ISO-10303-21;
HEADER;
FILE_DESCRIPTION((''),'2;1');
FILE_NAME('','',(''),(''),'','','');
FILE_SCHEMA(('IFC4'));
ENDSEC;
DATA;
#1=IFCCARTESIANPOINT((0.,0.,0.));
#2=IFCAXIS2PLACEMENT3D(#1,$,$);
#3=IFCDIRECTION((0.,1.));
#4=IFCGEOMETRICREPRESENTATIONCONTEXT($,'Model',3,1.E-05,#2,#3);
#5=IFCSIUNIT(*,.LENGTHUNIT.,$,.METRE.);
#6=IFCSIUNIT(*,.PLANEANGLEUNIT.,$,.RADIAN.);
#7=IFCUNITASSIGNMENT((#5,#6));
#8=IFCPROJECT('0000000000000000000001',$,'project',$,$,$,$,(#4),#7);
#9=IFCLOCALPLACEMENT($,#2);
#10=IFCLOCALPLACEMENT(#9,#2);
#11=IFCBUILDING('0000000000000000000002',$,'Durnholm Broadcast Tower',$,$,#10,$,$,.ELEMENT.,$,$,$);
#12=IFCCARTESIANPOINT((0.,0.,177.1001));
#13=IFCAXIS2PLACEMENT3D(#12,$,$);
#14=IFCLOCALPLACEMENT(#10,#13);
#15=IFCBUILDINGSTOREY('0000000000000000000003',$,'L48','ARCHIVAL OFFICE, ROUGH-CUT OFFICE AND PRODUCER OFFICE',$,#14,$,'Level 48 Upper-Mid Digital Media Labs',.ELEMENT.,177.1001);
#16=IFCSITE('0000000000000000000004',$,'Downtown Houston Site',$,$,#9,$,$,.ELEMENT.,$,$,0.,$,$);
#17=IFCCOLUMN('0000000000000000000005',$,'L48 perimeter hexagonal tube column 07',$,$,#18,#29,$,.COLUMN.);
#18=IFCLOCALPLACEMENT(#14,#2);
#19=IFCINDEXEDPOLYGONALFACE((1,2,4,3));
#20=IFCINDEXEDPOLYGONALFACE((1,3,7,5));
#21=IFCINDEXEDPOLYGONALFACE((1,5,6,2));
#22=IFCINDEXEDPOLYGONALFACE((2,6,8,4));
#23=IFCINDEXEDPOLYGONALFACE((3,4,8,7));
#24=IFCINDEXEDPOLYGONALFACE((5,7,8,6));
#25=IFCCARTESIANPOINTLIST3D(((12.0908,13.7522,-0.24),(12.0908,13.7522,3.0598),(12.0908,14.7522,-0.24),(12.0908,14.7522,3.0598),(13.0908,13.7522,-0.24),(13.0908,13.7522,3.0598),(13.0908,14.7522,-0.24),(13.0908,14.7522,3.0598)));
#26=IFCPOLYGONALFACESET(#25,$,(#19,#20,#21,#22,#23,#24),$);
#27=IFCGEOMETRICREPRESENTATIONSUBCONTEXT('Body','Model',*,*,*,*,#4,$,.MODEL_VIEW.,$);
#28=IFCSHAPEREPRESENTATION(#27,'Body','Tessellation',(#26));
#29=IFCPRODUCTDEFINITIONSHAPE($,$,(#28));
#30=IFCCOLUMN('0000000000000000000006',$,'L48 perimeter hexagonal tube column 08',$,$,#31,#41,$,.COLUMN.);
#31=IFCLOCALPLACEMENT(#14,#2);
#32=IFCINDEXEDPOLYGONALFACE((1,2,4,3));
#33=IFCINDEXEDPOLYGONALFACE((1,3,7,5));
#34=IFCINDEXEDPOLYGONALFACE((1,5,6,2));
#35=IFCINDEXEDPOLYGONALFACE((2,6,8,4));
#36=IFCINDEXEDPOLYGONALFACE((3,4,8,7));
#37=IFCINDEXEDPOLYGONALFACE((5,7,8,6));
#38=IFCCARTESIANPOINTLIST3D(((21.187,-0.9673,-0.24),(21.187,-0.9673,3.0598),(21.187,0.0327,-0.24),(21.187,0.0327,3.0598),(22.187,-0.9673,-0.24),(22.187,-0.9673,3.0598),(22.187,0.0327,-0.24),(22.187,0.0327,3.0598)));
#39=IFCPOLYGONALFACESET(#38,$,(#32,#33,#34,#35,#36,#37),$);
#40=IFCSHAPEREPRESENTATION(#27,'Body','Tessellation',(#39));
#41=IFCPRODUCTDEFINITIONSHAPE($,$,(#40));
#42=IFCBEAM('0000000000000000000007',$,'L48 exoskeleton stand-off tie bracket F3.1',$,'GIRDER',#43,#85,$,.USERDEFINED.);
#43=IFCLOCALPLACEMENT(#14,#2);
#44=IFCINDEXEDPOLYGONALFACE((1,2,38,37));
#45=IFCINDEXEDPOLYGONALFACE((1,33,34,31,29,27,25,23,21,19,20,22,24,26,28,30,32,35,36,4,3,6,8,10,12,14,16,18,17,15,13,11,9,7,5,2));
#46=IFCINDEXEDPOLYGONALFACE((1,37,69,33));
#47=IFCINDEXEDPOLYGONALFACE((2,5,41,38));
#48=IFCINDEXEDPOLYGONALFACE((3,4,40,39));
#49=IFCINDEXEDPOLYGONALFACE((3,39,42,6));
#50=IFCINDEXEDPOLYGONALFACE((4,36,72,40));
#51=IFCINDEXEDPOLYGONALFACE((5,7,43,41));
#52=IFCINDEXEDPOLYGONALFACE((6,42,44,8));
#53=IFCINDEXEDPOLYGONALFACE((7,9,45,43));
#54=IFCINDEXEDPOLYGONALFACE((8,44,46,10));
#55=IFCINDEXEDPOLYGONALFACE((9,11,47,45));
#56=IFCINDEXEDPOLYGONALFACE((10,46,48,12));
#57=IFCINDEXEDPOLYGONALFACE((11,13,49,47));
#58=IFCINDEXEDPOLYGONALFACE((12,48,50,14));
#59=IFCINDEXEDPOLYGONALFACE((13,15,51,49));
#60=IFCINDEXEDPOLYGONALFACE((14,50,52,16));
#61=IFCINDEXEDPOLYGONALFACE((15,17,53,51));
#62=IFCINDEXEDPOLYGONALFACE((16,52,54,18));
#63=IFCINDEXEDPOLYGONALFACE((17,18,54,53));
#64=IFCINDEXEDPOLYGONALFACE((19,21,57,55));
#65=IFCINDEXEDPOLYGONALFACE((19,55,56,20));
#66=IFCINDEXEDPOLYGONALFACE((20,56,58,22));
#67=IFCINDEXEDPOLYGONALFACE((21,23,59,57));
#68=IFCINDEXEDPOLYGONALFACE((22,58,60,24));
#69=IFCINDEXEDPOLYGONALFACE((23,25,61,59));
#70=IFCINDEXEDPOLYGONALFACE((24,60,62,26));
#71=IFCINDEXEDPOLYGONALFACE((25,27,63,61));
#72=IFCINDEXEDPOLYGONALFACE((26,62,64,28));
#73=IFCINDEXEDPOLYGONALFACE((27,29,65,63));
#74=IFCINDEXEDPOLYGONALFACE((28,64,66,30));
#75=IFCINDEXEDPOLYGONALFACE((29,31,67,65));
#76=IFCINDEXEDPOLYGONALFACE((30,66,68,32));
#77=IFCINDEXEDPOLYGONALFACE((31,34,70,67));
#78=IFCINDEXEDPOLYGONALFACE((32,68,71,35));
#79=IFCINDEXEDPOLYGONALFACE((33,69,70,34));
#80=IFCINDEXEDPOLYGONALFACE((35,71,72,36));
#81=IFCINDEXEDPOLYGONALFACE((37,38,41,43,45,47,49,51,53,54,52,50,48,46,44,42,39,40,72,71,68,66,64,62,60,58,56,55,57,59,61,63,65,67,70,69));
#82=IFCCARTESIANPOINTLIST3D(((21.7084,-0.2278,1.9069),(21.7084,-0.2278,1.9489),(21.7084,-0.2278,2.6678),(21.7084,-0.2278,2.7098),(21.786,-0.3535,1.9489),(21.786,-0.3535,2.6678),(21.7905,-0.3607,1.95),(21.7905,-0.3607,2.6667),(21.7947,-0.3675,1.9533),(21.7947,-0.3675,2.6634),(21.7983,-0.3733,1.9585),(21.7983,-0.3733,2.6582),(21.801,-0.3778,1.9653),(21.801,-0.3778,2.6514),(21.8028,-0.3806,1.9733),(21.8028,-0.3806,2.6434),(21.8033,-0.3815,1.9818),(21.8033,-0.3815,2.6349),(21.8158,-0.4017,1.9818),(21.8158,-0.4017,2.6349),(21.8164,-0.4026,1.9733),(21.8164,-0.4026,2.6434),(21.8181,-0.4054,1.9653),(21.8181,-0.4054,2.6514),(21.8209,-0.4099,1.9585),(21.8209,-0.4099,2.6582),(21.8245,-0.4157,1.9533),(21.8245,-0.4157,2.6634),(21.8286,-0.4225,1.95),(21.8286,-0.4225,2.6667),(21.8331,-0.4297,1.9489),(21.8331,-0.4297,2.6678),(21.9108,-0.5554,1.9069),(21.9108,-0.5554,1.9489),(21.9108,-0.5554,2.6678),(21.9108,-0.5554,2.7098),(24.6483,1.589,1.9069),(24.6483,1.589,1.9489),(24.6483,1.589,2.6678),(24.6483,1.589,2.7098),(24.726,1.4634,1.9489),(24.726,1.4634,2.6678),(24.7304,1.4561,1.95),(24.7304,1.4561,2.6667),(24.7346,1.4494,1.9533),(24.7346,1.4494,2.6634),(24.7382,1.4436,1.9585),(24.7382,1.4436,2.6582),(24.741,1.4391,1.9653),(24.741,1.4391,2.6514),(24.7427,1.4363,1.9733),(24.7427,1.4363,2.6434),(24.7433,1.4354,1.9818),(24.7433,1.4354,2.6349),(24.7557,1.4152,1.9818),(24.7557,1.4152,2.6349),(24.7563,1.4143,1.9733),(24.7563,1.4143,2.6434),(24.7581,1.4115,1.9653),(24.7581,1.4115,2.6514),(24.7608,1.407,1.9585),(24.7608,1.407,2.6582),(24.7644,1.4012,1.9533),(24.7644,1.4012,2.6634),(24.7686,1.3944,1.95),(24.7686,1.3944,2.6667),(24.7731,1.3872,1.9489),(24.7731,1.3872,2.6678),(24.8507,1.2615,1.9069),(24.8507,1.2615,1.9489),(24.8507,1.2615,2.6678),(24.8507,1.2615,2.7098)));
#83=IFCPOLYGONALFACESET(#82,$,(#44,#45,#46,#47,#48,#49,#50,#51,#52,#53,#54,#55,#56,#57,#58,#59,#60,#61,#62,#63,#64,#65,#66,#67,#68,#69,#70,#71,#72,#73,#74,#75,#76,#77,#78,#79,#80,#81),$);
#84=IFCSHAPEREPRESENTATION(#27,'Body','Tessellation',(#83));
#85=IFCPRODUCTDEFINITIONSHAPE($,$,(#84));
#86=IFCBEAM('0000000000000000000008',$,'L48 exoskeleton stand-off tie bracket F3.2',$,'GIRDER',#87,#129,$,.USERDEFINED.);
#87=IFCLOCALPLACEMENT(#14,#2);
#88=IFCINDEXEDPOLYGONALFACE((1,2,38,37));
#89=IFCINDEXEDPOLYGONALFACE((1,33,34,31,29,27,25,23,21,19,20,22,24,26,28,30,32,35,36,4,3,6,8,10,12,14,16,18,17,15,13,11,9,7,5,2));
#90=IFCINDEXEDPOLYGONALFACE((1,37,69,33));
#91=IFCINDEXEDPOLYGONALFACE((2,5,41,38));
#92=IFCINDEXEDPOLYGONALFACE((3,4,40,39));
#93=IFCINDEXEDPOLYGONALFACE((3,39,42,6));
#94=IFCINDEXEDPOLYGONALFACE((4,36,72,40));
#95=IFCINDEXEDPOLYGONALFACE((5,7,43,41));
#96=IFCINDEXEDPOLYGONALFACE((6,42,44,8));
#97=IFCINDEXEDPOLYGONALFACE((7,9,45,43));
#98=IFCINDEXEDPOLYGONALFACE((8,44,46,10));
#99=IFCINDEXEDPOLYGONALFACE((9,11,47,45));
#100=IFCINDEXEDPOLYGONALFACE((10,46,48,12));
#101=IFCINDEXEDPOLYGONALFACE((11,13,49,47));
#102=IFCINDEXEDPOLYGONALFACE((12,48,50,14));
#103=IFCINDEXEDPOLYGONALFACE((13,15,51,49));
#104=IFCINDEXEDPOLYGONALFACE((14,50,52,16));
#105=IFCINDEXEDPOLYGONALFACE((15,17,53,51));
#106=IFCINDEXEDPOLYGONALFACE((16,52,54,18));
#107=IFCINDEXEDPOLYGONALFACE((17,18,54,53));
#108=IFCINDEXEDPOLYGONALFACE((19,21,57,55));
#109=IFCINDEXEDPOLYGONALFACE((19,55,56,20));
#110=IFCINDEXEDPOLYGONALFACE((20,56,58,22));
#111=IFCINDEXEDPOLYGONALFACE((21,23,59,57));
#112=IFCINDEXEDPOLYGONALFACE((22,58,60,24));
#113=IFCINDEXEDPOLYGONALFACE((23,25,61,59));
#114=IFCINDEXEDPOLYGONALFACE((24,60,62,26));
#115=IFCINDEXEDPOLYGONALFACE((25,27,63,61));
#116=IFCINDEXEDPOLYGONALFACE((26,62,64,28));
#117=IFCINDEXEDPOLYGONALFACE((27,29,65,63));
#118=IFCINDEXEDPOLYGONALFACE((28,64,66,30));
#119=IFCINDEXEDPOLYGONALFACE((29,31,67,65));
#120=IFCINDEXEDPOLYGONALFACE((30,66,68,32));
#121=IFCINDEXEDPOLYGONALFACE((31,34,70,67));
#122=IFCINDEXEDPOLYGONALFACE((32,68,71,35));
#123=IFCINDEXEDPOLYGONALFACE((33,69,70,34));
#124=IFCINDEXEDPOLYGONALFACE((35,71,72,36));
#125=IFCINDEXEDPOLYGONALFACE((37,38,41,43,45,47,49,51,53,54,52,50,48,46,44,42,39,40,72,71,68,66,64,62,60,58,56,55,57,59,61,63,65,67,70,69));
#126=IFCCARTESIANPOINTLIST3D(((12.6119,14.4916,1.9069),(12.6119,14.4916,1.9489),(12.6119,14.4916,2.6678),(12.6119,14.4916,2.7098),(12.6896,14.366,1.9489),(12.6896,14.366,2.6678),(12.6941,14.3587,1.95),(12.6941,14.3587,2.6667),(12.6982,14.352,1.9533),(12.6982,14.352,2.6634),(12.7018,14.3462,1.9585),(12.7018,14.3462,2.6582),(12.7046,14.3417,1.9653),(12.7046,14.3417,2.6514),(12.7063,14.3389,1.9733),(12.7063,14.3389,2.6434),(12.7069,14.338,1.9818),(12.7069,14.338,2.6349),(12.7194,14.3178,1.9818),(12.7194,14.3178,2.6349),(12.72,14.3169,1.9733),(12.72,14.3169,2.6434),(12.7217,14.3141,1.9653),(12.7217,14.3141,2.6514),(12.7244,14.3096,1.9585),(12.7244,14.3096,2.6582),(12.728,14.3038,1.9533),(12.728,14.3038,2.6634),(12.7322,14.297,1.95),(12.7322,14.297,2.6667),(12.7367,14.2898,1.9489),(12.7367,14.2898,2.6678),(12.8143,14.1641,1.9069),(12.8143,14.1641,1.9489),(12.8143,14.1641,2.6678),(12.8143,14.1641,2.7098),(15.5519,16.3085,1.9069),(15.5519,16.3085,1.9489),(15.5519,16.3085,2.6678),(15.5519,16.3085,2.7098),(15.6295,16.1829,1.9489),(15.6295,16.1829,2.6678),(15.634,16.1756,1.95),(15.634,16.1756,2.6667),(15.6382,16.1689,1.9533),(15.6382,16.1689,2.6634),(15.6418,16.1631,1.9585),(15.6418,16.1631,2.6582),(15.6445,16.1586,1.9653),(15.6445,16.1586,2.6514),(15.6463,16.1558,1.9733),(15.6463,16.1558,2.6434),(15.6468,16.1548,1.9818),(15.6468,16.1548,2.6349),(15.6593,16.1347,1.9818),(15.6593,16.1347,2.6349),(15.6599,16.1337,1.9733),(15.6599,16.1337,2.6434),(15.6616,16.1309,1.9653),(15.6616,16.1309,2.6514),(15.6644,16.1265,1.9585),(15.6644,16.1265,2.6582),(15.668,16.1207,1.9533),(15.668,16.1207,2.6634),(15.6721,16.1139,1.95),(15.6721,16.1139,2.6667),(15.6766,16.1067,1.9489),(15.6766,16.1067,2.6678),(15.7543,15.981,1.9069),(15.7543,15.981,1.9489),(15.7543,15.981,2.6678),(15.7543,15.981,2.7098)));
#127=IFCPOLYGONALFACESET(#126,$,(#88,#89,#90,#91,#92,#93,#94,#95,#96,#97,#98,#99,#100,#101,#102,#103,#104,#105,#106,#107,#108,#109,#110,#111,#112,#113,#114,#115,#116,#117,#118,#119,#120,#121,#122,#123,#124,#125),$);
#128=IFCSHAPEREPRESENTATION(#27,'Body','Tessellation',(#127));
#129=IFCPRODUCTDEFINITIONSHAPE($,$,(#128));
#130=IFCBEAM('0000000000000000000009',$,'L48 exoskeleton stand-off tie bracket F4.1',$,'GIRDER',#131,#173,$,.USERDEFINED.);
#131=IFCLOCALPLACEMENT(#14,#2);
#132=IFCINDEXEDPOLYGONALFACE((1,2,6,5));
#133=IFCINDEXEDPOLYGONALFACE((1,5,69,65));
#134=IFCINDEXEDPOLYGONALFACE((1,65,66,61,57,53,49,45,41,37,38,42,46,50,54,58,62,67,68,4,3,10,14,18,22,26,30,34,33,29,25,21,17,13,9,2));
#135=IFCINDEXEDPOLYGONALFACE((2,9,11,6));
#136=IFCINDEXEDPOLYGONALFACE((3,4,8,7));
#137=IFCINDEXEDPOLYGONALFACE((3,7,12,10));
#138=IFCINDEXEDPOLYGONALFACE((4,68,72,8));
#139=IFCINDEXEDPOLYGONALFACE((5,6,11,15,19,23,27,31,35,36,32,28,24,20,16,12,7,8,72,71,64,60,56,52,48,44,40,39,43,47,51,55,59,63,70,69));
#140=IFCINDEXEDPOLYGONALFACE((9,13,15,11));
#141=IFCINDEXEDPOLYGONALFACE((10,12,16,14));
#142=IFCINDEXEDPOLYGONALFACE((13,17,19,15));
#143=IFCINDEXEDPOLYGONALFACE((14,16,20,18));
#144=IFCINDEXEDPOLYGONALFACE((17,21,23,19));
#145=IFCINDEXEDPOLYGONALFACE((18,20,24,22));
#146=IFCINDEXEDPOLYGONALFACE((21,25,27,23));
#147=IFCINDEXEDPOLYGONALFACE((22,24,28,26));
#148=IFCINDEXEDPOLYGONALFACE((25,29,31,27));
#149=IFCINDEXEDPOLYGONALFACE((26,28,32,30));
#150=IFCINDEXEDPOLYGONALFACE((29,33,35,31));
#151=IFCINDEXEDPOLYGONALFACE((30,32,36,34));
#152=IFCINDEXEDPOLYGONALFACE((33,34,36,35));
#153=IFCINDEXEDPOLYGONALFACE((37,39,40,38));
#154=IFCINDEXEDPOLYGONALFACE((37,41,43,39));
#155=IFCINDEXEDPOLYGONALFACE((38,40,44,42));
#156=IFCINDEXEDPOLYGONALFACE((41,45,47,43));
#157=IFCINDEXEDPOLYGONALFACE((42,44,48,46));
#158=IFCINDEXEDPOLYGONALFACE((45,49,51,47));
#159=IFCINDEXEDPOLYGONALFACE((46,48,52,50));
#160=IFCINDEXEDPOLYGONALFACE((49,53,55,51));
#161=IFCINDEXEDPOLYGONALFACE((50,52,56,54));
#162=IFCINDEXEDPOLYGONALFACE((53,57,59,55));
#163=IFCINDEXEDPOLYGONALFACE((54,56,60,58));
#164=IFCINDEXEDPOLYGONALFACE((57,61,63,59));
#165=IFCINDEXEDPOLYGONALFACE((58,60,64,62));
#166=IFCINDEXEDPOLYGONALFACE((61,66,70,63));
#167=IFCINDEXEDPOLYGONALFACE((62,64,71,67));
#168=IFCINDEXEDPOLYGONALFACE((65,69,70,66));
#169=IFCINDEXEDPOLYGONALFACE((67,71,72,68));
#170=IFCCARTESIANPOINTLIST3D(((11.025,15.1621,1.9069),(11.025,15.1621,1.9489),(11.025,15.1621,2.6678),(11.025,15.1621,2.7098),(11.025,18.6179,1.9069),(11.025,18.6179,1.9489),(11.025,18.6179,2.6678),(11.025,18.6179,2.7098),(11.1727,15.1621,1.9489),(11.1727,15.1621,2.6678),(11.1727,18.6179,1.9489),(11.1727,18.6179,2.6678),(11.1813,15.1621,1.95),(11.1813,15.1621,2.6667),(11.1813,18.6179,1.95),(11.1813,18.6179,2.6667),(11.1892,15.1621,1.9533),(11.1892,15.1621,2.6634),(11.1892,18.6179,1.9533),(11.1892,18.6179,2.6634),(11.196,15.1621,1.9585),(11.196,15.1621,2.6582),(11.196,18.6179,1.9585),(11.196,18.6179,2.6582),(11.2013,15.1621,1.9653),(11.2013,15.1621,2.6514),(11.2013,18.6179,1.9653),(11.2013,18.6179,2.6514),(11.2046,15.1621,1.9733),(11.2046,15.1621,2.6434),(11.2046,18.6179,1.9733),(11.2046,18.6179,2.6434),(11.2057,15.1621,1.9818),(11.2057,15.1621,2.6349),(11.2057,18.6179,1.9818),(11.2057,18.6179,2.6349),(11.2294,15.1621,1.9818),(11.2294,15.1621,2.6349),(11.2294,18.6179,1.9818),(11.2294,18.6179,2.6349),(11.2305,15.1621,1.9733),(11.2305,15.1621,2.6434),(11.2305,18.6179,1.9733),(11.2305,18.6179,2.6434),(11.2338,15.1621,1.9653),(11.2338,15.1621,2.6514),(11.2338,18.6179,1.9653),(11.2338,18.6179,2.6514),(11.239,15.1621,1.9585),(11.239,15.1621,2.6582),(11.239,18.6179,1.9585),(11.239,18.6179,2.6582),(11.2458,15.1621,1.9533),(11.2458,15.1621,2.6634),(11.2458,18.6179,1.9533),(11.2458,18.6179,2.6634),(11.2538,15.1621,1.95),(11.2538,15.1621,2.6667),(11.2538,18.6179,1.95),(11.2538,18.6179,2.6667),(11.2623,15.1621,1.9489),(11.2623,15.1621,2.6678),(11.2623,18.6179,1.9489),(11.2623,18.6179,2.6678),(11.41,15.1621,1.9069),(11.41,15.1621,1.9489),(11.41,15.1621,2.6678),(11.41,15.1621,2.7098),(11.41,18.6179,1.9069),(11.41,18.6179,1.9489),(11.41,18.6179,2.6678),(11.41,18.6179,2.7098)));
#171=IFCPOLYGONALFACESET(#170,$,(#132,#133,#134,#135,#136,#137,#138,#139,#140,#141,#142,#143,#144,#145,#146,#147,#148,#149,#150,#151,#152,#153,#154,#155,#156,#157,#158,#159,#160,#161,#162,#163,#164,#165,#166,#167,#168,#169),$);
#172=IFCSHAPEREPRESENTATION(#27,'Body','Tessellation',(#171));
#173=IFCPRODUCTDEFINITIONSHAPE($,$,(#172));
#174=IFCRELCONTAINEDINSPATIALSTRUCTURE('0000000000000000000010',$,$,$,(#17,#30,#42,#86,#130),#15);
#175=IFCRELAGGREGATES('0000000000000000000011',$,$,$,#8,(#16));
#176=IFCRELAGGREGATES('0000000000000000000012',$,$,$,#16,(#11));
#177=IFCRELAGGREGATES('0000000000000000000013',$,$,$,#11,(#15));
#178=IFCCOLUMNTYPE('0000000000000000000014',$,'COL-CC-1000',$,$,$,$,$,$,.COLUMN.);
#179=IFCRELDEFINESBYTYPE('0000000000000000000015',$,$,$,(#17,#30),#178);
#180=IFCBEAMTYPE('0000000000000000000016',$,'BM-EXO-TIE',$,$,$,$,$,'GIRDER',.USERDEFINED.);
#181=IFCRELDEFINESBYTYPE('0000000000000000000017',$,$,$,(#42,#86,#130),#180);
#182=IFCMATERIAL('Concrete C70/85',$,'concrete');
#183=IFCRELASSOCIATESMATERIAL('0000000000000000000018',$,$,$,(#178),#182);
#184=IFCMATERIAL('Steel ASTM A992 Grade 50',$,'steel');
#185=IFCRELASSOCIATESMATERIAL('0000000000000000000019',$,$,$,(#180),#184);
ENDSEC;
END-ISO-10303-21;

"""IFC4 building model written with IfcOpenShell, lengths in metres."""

from ifc_helpers import new_model, si_unit, direction, frame, origin, origin_2d, place, context, subcontext, project, spatial, rectangle, i_section, extrude, source, transform, mapped, material, material_profile, profile_set, type_object, type_shapes, element, save


model = new_model("IFC4")

# Units and contexts
model_context = context("Model", 3, precision=1e-05, world=origin(), true_north=direction((0.0, 1.0)))
body_context = subcontext(model_context, "Body", "Model", "MODEL_VIEW")
ifc_project = project(units=[si_unit("LENGTHUNIT", "METRE"), si_unit("PLANEANGLEUNIT", "RADIAN")], contexts=[model_context])

# Site, building, storey
site_placement = place(None, origin())
site = spatial("IfcSite", under=ifc_project, at=site_placement, Name="Downtown Houston Site", CompositionType="ELEMENT", RefElevation=0.0)
building_placement = place(site_placement, origin())
building = spatial("IfcBuilding", under=site, at=building_placement, Name="Durnholm Broadcast Tower", CompositionType="ELEMENT")
storey_placement = place(building_placement, frame((0.0, 0.0, 177.1001)))
storey = spatial("IfcBuildingStorey", under=building, at=storey_placement, Name="L48", Description="ARCHIVAL OFFICE, ROUGH-CUT OFFICE AND PRODUCER OFFICE", LongName="Level 48 Upper-Mid Digital Media Labs", CompositionType="ELEMENT", Elevation=177.1001)

# Columns
ifc_material_1 = material(Name="Concrete C70/85", Category="concrete")
ifc_material_profile_1 = material_profile(ifc_material_1, rectangle(XDim=1.0, YDim=1.0, at=origin_2d()), Name="RC1000X1000")
ifc_profile_set_1 = profile_set([ifc_material_profile_1], Name="Concrete C70/85")
column_type = type_object("IfcColumnType", Name="COL-CC-1000", PredefinedType="COLUMN", material=ifc_profile_set_1)
shared_shape_1 = source(origin(), body_context, "Body", "SweptSolid", [
    extrude(rectangle(XDim=1.0, YDim=1.0, at=origin_2d()), origin(), (0.0, 0.0, 1.0), 3.2998),
])
type_shapes(column_type, [shared_shape_1])
for number, where, z_axis, x_axis, name in (
    (1, (12.5908, 14.2522, -0.24), (0.0, 0.0, 1.0), (1.0, 0.0, 0.0), "L48 perimeter hexagonal tube column 07"),
    (2, (21.687, -0.4673, -0.24), (0.0, 0.0, 1.0), (1.0, 0.0, 0.0), "L48 perimeter hexagonal tube column 08"),
):
    element("IfcColumn", number, at=place(storey_placement, frame(where, z_axis=z_axis, x_axis=x_axis)), inside=storey, type_object=column_type, Name=name, PredefinedType="COLUMN", context=body_context, shape_type="MappedRepresentation", body=[
        mapped(shared_shape_1, transform((0.0, 0.0, 0.0), x_axis=(1.0, 0.0, 0.0), y_axis=(0.0, 1.0, 0.0), z_axis=(0.0, 0.0, 1.0), scale=1.0)),
    ])

# Beams
ifc_material_2 = material(Name="Steel ASTM A992 Grade 50", Category="steel")
ifc_material_profile_2 = material_profile(ifc_material_2, i_section(OverallWidth=0.385, OverallDepth=0.803, WebThickness=0.0237, FlangeThickness=0.042, FilletRadius=0.033, at=origin_2d()), Name="W30X261")
ifc_profile_set_2 = profile_set([ifc_material_profile_2], Name="Steel ASTM A992 Grade 50")
beam_type_1 = type_object("IfcBeamType", Name="BM-EXO-TIE", ElementType="GIRDER", PredefinedType="USERDEFINED", material=ifc_profile_set_2)
shared_shape_2 = source(origin(), body_context, "Body", "SweptSolid", [
    extrude(i_section(OverallWidth=0.385, OverallDepth=0.803, WebThickness=0.0237, FlangeThickness=0.042, FilletRadius=0.033, at=origin_2d()), origin(), (0.0, 0.0, 1.0), 3.4561),
])
for number, where, z_axis, x_axis, name in (
    (3, (21.8096, -0.3916, 2.3083), (0.850662, 0.525712, 0.0), (-0.525712, 0.850662, 0.0), "L48 exoskeleton stand-off tie bracket F3.1"),
    (4, (12.7131, 14.3279, 2.3083), (0.850662, 0.525712, 0.0), (-0.525712, 0.850662, 0.0), "L48 exoskeleton stand-off tie bracket F3.2"),
):
    element("IfcBeam", number, at=place(storey_placement, frame(where, z_axis=z_axis, x_axis=x_axis)), inside=storey, type_object=beam_type_1, Name=name, ObjectType="GIRDER", PredefinedType="USERDEFINED", context=body_context, shape_type="MappedRepresentation", body=[
        mapped(shared_shape_2, transform((0.0, 0.0, 0.0), x_axis=(1.0, 0.0, 0.0), y_axis=(0.0, 1.0, 0.0), z_axis=(0.0, 0.0, 1.0), scale=1.0)),
    ])
shared_shape_3 = source(origin(), body_context, "Body", "SweptSolid", [
    extrude(i_section(OverallWidth=0.385, OverallDepth=0.803, WebThickness=0.0237, FlangeThickness=0.042, FilletRadius=0.033, at=origin_2d()), origin(), (0.0, 0.0, 1.0), 3.4558),
])
beam_1_placement = place(storey_placement, frame((11.2175, 15.1621, 2.3083), z_axis=(0.0, 1.0, 0.0), x_axis=(-1.0, 0.0, 0.0)))
element("IfcBeam", 5, at=beam_1_placement, inside=storey, type_object=beam_type_1, Name="L48 exoskeleton stand-off tie bracket F4.1", ObjectType="GIRDER", PredefinedType="USERDEFINED", context=body_context, shape_type="MappedRepresentation", body=[
    mapped(shared_shape_3, transform((0.0, 0.0, 0.0), x_axis=(1.0, 0.0, 0.0), y_axis=(0.0, 1.0, 0.0), z_axis=(0.0, 0.0, 1.0), scale=1.0)),
])

save(model, "model.ifc")
